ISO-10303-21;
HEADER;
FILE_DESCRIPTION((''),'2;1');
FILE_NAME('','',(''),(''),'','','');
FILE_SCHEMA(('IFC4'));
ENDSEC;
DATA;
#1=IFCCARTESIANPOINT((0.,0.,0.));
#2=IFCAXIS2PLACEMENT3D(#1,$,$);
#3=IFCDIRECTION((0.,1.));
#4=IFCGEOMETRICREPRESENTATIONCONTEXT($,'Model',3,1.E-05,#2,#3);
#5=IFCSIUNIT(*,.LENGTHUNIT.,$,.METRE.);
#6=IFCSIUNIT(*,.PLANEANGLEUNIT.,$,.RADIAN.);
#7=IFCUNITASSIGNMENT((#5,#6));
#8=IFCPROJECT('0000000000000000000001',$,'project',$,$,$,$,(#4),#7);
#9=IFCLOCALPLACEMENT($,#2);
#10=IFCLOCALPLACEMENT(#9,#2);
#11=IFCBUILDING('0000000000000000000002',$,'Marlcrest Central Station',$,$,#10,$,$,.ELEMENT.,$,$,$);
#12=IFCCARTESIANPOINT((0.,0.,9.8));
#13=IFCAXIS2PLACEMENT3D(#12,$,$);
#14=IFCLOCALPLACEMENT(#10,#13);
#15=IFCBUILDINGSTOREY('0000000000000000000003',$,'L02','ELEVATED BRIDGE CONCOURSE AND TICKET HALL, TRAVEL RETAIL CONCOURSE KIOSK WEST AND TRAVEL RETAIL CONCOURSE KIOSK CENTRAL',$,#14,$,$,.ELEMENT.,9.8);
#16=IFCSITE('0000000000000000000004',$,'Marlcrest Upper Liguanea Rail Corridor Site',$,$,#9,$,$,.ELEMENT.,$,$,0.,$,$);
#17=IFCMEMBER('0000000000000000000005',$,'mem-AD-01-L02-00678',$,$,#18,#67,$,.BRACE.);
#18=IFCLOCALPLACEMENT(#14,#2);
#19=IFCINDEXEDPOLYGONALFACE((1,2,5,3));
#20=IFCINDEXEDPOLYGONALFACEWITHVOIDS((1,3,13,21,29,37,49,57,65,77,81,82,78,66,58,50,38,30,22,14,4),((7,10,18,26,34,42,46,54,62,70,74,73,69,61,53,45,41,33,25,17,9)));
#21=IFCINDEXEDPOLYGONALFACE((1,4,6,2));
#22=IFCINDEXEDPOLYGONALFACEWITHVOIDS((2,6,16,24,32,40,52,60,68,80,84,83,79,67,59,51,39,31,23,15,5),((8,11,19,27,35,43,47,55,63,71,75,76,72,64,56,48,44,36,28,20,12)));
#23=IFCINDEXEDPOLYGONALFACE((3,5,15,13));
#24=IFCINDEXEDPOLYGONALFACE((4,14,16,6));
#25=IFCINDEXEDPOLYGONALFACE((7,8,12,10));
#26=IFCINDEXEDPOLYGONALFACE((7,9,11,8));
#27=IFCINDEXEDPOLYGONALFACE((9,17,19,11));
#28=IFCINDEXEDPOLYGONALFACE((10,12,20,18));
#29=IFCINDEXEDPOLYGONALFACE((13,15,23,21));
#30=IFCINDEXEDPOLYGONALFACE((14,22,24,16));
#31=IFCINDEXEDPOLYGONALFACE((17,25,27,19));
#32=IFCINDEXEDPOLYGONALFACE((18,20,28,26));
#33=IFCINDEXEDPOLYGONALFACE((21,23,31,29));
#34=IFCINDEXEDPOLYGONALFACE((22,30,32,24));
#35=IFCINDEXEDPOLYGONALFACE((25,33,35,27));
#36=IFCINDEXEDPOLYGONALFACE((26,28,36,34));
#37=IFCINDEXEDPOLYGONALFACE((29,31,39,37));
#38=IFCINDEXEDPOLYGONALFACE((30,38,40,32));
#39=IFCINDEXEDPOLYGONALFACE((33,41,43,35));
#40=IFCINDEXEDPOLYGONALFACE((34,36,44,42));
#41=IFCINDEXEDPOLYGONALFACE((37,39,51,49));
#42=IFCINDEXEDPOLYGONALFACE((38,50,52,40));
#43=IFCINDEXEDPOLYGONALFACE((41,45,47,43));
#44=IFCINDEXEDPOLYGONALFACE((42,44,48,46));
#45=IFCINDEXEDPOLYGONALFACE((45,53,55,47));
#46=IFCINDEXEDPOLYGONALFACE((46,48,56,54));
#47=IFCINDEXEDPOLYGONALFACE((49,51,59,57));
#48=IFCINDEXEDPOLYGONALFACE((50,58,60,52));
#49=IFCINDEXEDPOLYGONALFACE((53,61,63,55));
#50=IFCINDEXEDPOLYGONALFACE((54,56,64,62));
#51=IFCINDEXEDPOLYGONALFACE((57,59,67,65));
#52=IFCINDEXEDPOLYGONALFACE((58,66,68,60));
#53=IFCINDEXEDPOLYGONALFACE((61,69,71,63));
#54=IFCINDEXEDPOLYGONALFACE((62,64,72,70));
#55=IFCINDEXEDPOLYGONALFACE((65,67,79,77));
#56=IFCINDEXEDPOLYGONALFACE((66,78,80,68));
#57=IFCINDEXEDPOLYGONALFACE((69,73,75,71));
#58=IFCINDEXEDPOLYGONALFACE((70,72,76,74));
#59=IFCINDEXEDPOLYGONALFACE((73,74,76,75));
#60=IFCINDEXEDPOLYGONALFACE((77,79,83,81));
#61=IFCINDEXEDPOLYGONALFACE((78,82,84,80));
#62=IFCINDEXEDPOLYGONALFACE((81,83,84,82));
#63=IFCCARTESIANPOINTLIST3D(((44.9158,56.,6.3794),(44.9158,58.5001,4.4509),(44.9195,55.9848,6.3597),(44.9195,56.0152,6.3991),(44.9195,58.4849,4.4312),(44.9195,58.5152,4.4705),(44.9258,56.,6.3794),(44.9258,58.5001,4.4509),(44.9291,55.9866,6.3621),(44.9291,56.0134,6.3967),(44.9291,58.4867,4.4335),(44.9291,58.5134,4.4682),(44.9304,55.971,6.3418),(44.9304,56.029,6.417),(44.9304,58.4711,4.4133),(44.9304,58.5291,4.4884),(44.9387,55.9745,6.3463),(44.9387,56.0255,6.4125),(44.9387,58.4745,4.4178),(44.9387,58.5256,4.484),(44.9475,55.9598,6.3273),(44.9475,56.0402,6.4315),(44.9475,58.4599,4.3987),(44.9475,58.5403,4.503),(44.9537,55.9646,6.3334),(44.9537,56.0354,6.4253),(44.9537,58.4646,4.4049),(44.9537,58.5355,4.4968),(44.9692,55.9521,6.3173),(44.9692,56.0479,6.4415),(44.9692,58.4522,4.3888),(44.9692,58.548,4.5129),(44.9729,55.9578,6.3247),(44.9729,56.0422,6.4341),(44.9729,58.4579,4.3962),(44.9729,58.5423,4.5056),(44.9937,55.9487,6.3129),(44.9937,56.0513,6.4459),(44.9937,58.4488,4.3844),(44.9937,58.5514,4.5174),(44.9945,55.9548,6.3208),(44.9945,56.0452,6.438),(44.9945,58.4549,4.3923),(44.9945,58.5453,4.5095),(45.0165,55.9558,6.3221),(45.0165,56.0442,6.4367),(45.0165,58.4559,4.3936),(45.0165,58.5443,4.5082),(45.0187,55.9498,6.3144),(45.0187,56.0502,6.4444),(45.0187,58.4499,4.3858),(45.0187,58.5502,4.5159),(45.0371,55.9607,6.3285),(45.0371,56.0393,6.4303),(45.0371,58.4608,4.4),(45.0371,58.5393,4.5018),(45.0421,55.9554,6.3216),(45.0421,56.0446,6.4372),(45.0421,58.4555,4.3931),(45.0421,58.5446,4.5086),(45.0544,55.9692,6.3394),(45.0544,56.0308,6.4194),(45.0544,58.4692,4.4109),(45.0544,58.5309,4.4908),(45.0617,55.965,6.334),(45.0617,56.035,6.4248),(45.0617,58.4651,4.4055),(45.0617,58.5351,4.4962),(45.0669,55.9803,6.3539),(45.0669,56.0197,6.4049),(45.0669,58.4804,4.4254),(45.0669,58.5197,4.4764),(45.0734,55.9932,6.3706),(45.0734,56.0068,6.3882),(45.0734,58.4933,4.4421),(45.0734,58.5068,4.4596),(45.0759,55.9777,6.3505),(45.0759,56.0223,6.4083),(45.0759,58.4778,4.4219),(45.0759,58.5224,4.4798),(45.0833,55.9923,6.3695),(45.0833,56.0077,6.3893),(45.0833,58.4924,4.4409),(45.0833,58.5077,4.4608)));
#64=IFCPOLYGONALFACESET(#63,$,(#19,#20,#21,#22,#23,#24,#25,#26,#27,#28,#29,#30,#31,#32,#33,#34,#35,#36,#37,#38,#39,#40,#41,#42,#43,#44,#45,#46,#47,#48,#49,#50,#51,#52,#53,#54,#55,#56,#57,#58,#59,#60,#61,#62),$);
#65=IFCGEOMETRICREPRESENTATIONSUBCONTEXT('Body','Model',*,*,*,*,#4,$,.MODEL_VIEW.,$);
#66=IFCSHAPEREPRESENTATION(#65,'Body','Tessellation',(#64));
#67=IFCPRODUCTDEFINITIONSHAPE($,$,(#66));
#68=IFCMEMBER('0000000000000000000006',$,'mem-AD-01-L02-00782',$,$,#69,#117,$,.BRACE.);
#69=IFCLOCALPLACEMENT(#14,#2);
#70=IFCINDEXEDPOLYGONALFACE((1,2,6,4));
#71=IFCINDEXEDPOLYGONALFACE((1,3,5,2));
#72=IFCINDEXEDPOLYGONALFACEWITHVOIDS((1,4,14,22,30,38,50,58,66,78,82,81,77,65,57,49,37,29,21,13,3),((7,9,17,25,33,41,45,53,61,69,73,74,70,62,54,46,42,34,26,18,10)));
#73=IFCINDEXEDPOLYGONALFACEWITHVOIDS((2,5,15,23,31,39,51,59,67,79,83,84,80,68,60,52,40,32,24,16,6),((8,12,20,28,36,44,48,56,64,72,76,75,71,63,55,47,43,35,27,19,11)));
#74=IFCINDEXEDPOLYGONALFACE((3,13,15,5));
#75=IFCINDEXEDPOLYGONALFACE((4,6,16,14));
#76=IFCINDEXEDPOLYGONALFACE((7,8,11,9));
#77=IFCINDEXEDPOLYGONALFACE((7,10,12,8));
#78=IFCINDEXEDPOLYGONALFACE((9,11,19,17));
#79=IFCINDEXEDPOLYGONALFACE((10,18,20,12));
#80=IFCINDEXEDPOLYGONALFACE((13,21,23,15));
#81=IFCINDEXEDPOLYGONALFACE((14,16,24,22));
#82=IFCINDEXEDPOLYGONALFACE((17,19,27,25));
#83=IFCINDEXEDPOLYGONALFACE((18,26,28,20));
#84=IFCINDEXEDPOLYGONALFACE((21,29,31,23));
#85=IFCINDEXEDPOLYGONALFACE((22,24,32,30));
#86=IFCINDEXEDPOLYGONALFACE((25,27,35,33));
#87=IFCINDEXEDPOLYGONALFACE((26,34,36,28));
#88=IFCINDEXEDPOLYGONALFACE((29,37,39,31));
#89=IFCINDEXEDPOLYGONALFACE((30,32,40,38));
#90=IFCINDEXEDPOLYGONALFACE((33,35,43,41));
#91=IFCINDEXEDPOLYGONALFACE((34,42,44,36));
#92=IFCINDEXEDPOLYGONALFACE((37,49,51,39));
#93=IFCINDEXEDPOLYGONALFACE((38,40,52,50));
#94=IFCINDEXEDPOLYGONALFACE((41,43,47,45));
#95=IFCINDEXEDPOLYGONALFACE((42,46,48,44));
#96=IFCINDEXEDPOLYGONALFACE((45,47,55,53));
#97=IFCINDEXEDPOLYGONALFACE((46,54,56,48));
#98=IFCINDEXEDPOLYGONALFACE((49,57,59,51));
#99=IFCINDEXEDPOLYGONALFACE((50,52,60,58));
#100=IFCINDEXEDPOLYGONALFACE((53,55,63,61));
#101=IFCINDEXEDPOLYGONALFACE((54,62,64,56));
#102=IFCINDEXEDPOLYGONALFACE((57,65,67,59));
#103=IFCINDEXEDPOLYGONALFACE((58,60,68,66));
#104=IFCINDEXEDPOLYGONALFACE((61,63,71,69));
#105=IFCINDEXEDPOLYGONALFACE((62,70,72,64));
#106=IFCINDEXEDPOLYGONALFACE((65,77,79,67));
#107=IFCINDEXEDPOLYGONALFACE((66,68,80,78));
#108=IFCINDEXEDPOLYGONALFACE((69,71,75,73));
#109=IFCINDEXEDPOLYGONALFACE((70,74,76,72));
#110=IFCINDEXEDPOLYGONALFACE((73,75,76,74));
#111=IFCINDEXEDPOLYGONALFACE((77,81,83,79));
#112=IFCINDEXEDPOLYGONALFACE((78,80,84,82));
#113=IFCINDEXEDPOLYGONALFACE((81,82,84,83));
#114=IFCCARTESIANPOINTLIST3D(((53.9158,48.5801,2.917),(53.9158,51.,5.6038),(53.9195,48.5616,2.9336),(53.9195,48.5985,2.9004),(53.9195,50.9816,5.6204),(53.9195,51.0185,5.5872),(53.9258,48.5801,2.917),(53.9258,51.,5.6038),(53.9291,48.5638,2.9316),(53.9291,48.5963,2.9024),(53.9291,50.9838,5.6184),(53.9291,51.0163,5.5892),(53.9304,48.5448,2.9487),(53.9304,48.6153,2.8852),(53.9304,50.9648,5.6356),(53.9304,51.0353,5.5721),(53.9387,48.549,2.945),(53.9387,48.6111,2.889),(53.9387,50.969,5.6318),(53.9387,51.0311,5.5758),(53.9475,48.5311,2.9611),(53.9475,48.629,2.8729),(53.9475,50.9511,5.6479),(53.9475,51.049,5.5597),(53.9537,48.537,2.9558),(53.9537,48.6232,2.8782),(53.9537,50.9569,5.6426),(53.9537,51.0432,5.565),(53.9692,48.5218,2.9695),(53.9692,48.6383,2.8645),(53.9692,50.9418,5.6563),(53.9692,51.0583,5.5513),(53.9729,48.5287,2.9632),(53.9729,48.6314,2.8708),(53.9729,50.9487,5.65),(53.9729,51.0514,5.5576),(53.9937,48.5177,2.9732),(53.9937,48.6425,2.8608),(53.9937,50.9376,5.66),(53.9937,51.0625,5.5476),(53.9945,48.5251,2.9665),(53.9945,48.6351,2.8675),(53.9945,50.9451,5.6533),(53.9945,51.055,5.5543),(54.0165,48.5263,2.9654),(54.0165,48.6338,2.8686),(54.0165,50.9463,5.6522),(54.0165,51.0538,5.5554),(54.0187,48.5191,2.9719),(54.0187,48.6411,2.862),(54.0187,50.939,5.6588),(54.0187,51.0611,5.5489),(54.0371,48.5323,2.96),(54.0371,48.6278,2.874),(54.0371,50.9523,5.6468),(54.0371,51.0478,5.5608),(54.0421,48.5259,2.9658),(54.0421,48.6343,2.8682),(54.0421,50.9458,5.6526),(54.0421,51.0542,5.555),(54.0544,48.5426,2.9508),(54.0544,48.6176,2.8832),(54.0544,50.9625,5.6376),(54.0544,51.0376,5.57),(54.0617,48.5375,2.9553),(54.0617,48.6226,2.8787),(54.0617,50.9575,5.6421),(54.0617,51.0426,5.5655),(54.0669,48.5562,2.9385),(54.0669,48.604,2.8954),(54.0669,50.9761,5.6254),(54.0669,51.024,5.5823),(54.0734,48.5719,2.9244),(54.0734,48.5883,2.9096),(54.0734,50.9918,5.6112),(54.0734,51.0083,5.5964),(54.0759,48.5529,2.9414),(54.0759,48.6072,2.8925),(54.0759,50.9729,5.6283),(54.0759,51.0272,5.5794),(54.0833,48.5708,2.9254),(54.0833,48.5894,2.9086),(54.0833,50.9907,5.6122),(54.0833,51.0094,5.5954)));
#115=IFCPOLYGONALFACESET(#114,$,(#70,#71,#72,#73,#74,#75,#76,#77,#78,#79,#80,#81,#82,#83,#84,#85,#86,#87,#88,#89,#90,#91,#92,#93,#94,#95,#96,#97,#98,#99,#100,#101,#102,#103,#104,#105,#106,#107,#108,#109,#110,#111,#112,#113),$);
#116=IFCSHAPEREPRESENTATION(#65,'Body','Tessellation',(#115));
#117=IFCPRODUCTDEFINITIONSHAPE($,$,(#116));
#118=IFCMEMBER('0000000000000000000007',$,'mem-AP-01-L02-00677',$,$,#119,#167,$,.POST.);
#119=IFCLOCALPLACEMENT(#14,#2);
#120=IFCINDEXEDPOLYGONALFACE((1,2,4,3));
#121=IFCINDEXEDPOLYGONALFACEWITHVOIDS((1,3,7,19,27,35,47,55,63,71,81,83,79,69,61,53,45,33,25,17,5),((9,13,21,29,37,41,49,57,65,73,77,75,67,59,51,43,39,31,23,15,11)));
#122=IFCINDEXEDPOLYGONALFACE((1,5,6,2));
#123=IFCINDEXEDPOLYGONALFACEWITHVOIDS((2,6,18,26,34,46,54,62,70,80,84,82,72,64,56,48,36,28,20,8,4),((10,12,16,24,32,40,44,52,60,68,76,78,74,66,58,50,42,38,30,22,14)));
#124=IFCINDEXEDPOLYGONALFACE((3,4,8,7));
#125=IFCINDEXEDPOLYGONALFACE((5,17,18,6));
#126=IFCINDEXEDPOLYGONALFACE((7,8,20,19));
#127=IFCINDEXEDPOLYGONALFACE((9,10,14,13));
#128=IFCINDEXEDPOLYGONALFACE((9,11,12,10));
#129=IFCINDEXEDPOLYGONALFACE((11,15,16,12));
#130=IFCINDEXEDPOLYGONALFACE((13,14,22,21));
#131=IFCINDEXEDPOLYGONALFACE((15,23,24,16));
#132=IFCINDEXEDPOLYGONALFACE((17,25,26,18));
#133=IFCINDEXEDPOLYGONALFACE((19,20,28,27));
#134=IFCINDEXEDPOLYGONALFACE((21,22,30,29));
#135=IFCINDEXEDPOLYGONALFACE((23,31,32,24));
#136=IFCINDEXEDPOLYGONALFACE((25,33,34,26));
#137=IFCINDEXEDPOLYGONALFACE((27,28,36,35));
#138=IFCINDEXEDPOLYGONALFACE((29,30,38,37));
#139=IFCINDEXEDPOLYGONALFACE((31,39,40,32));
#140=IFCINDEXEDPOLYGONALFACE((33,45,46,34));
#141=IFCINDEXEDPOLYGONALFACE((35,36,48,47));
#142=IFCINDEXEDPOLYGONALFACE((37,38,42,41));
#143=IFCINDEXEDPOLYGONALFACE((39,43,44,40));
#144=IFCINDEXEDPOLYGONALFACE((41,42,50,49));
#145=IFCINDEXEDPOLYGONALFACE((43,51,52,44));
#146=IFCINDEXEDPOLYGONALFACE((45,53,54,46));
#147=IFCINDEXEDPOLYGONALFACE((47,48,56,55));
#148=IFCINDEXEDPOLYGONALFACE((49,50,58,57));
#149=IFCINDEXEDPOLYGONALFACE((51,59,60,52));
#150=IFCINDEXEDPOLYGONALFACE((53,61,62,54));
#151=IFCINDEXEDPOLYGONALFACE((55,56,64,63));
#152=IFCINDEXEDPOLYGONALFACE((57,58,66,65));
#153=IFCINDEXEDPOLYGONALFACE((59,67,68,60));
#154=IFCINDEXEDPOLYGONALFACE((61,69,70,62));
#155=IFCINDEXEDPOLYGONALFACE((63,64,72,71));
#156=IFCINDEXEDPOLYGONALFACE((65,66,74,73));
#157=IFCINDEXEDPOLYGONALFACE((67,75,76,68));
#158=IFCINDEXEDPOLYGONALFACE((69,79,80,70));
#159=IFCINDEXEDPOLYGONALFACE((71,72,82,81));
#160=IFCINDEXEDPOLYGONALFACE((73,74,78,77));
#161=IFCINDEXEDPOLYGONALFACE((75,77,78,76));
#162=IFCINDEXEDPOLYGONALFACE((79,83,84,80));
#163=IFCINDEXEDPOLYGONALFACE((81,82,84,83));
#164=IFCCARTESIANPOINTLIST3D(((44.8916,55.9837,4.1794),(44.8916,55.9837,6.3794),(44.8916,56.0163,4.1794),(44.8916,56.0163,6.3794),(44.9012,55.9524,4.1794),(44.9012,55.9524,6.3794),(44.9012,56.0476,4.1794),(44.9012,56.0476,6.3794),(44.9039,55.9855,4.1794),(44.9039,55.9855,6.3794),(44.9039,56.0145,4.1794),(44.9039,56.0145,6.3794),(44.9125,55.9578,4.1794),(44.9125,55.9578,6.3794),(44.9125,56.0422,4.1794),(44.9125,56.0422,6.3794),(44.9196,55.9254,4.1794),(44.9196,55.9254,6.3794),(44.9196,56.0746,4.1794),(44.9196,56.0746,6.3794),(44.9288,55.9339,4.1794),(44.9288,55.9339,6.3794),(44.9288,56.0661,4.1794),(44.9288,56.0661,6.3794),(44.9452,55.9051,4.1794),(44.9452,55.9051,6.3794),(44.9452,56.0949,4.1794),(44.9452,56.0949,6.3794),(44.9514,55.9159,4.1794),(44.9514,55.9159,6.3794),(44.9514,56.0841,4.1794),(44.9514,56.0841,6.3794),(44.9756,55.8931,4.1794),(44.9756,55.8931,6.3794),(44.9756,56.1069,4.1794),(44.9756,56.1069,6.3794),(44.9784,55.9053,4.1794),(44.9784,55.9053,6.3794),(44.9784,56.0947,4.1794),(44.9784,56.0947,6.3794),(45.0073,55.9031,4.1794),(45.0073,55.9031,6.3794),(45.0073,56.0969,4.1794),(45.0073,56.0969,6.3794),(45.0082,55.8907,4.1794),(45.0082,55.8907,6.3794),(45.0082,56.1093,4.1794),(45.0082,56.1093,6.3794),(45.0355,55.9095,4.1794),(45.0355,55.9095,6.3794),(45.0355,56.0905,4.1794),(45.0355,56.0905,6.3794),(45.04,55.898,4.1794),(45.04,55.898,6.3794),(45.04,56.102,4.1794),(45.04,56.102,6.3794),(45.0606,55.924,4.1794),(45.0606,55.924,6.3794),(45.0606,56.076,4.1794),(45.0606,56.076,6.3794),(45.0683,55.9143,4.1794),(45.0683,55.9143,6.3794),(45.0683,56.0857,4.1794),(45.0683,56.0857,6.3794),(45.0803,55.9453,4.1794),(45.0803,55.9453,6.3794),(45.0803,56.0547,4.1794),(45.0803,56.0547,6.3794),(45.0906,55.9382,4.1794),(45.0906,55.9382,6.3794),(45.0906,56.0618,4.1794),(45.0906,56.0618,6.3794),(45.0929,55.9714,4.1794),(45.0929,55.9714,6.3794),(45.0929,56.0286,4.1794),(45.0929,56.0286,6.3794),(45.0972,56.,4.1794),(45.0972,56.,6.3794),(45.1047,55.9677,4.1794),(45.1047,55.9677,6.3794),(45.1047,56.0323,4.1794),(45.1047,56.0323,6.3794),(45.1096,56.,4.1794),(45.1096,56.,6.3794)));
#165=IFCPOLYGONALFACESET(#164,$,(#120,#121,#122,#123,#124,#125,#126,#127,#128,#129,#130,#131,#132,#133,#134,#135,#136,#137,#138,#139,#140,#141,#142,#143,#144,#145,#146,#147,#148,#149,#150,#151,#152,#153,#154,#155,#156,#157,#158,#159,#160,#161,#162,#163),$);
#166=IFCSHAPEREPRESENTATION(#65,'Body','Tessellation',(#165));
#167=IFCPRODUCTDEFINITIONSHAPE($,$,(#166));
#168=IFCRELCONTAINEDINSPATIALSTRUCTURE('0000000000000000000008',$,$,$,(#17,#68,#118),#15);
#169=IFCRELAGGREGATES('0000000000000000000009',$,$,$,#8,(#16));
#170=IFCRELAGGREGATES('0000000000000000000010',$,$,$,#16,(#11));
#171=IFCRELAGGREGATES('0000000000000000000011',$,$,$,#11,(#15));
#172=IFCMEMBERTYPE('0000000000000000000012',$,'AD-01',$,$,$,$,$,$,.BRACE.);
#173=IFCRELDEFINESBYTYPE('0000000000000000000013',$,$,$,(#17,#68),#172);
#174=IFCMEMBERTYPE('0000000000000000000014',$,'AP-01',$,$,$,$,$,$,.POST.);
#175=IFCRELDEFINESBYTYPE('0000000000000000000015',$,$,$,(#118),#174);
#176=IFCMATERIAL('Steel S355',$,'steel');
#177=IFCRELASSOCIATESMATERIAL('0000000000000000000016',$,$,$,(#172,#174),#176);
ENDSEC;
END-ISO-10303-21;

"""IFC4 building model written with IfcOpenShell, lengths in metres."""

from ifc_helpers import new_model, si_unit, direction, frame, origin, origin_2d, place, context, subcontext, project, spatial, hollow_circle, extrude, material, material_profile, profile_set, type_object, element, save


model = new_model("IFC4")

# Units and contexts
model_context = context("Model", 3, precision=1e-05, world=origin(), true_north=direction((0.0, 1.0)))
body_context = subcontext(model_context, "Body", "Model", "MODEL_VIEW")
ifc_project = project(units=[si_unit("LENGTHUNIT", "METRE"), si_unit("PLANEANGLEUNIT", "RADIAN")], contexts=[model_context])

# Site, building, storey
site_placement = place(None, origin())
site = spatial("IfcSite", under=ifc_project, at=site_placement, Name="Marlcrest Upper Liguanea Rail Corridor Site", CompositionType="ELEMENT", RefElevation=0.0)
building_placement = place(site_placement, origin())
building = spatial("IfcBuilding", under=site, at=building_placement, Name="Marlcrest Central Station", CompositionType="ELEMENT")
storey_placement = place(building_placement, frame((0.0, 0.0, 9.8)))
storey = spatial("IfcBuildingStorey", under=building, at=storey_placement, Name="L02", Description="ELEVATED BRIDGE CONCOURSE AND TICKET HALL, TRAVEL RETAIL CONCOURSE KIOSK WEST AND TRAVEL RETAIL CONCOURSE KIOSK CENTRAL", CompositionType="ELEMENT", Elevation=9.8)

# Members
ifc_material = material(Name="Steel S355", Category="steel")
ifc_material_profile_1 = material_profile(ifc_material, hollow_circle(Radius=0.0842, WallThickness=0.01, at=origin_2d()), Name="CHS 168.3x10")
ifc_profile_set_1 = profile_set([ifc_material_profile_1], Name="Steel S355")
member_type_1 = type_object("IfcMemberType", Name="AD-01", PredefinedType="BRACE", material=ifc_profile_set_1)
member_1_placement = place(storey_placement, frame((45.0, 56.0, 6.3794), z_axis=(0.0, 0.791798, -0.610783), x_axis=(-1.0, 0.0, 0.0)))
element("IfcMember", 1, at=member_1_placement, inside=storey, type_object=member_type_1, Name="mem-AD-01-L02-00678", PredefinedType="BRACE", context=body_context, shape_type="SweptSolid", body=[
    extrude(hollow_circle(Radius=0.0842, WallThickness=0.01, at=origin_2d()), origin(), (0.0, 0.0, 1.0), 3.1575),
])
member_2_placement = place(storey_placement, frame((54.0, 48.5801, 2.917), z_axis=(0.0, 0.669244, 0.743042), x_axis=(-1.0, 0.0, 0.0)))
element("IfcMember", 2, at=member_2_placement, inside=storey, type_object=member_type_1, Name="mem-AD-01-L02-00782", PredefinedType="BRACE", context=body_context, shape_type="SweptSolid", body=[
    extrude(hollow_circle(Radius=0.0842, WallThickness=0.01, at=origin_2d()), origin(), (0.0, 0.0, 1.0), 3.616),
])
ifc_material_profile_2 = material_profile(ifc_material, hollow_circle(Radius=0.1096, WallThickness=0.0125, at=origin_2d()), Name="CHS 219.1x12.5")
ifc_profile_set_2 = profile_set([ifc_material_profile_2], Name="Steel S355")
member_type_2 = type_object("IfcMemberType", Name="AP-01", PredefinedType="POST", material=ifc_profile_set_2)
for number, where, z_axis, x_axis, name in (
    (3, (45.0, 56.0, 4.1794), (0.0, 0.0, 1.0), (1.0, 0.0, 0.0), "mem-AP-01-L02-00677"),
):
    element("IfcMember", number, at=place(storey_placement, frame(where, z_axis=z_axis, x_axis=x_axis)), inside=storey, type_object=member_type_2, Name=name, PredefinedType="POST", context=body_context, shape_type="SweptSolid", body=[
        extrude(hollow_circle(Radius=0.1096, WallThickness=0.0125, at=origin_2d()), origin(), (0.0, 0.0, 1.0), 2.2),
    ])

save(model, "model.ifc")
